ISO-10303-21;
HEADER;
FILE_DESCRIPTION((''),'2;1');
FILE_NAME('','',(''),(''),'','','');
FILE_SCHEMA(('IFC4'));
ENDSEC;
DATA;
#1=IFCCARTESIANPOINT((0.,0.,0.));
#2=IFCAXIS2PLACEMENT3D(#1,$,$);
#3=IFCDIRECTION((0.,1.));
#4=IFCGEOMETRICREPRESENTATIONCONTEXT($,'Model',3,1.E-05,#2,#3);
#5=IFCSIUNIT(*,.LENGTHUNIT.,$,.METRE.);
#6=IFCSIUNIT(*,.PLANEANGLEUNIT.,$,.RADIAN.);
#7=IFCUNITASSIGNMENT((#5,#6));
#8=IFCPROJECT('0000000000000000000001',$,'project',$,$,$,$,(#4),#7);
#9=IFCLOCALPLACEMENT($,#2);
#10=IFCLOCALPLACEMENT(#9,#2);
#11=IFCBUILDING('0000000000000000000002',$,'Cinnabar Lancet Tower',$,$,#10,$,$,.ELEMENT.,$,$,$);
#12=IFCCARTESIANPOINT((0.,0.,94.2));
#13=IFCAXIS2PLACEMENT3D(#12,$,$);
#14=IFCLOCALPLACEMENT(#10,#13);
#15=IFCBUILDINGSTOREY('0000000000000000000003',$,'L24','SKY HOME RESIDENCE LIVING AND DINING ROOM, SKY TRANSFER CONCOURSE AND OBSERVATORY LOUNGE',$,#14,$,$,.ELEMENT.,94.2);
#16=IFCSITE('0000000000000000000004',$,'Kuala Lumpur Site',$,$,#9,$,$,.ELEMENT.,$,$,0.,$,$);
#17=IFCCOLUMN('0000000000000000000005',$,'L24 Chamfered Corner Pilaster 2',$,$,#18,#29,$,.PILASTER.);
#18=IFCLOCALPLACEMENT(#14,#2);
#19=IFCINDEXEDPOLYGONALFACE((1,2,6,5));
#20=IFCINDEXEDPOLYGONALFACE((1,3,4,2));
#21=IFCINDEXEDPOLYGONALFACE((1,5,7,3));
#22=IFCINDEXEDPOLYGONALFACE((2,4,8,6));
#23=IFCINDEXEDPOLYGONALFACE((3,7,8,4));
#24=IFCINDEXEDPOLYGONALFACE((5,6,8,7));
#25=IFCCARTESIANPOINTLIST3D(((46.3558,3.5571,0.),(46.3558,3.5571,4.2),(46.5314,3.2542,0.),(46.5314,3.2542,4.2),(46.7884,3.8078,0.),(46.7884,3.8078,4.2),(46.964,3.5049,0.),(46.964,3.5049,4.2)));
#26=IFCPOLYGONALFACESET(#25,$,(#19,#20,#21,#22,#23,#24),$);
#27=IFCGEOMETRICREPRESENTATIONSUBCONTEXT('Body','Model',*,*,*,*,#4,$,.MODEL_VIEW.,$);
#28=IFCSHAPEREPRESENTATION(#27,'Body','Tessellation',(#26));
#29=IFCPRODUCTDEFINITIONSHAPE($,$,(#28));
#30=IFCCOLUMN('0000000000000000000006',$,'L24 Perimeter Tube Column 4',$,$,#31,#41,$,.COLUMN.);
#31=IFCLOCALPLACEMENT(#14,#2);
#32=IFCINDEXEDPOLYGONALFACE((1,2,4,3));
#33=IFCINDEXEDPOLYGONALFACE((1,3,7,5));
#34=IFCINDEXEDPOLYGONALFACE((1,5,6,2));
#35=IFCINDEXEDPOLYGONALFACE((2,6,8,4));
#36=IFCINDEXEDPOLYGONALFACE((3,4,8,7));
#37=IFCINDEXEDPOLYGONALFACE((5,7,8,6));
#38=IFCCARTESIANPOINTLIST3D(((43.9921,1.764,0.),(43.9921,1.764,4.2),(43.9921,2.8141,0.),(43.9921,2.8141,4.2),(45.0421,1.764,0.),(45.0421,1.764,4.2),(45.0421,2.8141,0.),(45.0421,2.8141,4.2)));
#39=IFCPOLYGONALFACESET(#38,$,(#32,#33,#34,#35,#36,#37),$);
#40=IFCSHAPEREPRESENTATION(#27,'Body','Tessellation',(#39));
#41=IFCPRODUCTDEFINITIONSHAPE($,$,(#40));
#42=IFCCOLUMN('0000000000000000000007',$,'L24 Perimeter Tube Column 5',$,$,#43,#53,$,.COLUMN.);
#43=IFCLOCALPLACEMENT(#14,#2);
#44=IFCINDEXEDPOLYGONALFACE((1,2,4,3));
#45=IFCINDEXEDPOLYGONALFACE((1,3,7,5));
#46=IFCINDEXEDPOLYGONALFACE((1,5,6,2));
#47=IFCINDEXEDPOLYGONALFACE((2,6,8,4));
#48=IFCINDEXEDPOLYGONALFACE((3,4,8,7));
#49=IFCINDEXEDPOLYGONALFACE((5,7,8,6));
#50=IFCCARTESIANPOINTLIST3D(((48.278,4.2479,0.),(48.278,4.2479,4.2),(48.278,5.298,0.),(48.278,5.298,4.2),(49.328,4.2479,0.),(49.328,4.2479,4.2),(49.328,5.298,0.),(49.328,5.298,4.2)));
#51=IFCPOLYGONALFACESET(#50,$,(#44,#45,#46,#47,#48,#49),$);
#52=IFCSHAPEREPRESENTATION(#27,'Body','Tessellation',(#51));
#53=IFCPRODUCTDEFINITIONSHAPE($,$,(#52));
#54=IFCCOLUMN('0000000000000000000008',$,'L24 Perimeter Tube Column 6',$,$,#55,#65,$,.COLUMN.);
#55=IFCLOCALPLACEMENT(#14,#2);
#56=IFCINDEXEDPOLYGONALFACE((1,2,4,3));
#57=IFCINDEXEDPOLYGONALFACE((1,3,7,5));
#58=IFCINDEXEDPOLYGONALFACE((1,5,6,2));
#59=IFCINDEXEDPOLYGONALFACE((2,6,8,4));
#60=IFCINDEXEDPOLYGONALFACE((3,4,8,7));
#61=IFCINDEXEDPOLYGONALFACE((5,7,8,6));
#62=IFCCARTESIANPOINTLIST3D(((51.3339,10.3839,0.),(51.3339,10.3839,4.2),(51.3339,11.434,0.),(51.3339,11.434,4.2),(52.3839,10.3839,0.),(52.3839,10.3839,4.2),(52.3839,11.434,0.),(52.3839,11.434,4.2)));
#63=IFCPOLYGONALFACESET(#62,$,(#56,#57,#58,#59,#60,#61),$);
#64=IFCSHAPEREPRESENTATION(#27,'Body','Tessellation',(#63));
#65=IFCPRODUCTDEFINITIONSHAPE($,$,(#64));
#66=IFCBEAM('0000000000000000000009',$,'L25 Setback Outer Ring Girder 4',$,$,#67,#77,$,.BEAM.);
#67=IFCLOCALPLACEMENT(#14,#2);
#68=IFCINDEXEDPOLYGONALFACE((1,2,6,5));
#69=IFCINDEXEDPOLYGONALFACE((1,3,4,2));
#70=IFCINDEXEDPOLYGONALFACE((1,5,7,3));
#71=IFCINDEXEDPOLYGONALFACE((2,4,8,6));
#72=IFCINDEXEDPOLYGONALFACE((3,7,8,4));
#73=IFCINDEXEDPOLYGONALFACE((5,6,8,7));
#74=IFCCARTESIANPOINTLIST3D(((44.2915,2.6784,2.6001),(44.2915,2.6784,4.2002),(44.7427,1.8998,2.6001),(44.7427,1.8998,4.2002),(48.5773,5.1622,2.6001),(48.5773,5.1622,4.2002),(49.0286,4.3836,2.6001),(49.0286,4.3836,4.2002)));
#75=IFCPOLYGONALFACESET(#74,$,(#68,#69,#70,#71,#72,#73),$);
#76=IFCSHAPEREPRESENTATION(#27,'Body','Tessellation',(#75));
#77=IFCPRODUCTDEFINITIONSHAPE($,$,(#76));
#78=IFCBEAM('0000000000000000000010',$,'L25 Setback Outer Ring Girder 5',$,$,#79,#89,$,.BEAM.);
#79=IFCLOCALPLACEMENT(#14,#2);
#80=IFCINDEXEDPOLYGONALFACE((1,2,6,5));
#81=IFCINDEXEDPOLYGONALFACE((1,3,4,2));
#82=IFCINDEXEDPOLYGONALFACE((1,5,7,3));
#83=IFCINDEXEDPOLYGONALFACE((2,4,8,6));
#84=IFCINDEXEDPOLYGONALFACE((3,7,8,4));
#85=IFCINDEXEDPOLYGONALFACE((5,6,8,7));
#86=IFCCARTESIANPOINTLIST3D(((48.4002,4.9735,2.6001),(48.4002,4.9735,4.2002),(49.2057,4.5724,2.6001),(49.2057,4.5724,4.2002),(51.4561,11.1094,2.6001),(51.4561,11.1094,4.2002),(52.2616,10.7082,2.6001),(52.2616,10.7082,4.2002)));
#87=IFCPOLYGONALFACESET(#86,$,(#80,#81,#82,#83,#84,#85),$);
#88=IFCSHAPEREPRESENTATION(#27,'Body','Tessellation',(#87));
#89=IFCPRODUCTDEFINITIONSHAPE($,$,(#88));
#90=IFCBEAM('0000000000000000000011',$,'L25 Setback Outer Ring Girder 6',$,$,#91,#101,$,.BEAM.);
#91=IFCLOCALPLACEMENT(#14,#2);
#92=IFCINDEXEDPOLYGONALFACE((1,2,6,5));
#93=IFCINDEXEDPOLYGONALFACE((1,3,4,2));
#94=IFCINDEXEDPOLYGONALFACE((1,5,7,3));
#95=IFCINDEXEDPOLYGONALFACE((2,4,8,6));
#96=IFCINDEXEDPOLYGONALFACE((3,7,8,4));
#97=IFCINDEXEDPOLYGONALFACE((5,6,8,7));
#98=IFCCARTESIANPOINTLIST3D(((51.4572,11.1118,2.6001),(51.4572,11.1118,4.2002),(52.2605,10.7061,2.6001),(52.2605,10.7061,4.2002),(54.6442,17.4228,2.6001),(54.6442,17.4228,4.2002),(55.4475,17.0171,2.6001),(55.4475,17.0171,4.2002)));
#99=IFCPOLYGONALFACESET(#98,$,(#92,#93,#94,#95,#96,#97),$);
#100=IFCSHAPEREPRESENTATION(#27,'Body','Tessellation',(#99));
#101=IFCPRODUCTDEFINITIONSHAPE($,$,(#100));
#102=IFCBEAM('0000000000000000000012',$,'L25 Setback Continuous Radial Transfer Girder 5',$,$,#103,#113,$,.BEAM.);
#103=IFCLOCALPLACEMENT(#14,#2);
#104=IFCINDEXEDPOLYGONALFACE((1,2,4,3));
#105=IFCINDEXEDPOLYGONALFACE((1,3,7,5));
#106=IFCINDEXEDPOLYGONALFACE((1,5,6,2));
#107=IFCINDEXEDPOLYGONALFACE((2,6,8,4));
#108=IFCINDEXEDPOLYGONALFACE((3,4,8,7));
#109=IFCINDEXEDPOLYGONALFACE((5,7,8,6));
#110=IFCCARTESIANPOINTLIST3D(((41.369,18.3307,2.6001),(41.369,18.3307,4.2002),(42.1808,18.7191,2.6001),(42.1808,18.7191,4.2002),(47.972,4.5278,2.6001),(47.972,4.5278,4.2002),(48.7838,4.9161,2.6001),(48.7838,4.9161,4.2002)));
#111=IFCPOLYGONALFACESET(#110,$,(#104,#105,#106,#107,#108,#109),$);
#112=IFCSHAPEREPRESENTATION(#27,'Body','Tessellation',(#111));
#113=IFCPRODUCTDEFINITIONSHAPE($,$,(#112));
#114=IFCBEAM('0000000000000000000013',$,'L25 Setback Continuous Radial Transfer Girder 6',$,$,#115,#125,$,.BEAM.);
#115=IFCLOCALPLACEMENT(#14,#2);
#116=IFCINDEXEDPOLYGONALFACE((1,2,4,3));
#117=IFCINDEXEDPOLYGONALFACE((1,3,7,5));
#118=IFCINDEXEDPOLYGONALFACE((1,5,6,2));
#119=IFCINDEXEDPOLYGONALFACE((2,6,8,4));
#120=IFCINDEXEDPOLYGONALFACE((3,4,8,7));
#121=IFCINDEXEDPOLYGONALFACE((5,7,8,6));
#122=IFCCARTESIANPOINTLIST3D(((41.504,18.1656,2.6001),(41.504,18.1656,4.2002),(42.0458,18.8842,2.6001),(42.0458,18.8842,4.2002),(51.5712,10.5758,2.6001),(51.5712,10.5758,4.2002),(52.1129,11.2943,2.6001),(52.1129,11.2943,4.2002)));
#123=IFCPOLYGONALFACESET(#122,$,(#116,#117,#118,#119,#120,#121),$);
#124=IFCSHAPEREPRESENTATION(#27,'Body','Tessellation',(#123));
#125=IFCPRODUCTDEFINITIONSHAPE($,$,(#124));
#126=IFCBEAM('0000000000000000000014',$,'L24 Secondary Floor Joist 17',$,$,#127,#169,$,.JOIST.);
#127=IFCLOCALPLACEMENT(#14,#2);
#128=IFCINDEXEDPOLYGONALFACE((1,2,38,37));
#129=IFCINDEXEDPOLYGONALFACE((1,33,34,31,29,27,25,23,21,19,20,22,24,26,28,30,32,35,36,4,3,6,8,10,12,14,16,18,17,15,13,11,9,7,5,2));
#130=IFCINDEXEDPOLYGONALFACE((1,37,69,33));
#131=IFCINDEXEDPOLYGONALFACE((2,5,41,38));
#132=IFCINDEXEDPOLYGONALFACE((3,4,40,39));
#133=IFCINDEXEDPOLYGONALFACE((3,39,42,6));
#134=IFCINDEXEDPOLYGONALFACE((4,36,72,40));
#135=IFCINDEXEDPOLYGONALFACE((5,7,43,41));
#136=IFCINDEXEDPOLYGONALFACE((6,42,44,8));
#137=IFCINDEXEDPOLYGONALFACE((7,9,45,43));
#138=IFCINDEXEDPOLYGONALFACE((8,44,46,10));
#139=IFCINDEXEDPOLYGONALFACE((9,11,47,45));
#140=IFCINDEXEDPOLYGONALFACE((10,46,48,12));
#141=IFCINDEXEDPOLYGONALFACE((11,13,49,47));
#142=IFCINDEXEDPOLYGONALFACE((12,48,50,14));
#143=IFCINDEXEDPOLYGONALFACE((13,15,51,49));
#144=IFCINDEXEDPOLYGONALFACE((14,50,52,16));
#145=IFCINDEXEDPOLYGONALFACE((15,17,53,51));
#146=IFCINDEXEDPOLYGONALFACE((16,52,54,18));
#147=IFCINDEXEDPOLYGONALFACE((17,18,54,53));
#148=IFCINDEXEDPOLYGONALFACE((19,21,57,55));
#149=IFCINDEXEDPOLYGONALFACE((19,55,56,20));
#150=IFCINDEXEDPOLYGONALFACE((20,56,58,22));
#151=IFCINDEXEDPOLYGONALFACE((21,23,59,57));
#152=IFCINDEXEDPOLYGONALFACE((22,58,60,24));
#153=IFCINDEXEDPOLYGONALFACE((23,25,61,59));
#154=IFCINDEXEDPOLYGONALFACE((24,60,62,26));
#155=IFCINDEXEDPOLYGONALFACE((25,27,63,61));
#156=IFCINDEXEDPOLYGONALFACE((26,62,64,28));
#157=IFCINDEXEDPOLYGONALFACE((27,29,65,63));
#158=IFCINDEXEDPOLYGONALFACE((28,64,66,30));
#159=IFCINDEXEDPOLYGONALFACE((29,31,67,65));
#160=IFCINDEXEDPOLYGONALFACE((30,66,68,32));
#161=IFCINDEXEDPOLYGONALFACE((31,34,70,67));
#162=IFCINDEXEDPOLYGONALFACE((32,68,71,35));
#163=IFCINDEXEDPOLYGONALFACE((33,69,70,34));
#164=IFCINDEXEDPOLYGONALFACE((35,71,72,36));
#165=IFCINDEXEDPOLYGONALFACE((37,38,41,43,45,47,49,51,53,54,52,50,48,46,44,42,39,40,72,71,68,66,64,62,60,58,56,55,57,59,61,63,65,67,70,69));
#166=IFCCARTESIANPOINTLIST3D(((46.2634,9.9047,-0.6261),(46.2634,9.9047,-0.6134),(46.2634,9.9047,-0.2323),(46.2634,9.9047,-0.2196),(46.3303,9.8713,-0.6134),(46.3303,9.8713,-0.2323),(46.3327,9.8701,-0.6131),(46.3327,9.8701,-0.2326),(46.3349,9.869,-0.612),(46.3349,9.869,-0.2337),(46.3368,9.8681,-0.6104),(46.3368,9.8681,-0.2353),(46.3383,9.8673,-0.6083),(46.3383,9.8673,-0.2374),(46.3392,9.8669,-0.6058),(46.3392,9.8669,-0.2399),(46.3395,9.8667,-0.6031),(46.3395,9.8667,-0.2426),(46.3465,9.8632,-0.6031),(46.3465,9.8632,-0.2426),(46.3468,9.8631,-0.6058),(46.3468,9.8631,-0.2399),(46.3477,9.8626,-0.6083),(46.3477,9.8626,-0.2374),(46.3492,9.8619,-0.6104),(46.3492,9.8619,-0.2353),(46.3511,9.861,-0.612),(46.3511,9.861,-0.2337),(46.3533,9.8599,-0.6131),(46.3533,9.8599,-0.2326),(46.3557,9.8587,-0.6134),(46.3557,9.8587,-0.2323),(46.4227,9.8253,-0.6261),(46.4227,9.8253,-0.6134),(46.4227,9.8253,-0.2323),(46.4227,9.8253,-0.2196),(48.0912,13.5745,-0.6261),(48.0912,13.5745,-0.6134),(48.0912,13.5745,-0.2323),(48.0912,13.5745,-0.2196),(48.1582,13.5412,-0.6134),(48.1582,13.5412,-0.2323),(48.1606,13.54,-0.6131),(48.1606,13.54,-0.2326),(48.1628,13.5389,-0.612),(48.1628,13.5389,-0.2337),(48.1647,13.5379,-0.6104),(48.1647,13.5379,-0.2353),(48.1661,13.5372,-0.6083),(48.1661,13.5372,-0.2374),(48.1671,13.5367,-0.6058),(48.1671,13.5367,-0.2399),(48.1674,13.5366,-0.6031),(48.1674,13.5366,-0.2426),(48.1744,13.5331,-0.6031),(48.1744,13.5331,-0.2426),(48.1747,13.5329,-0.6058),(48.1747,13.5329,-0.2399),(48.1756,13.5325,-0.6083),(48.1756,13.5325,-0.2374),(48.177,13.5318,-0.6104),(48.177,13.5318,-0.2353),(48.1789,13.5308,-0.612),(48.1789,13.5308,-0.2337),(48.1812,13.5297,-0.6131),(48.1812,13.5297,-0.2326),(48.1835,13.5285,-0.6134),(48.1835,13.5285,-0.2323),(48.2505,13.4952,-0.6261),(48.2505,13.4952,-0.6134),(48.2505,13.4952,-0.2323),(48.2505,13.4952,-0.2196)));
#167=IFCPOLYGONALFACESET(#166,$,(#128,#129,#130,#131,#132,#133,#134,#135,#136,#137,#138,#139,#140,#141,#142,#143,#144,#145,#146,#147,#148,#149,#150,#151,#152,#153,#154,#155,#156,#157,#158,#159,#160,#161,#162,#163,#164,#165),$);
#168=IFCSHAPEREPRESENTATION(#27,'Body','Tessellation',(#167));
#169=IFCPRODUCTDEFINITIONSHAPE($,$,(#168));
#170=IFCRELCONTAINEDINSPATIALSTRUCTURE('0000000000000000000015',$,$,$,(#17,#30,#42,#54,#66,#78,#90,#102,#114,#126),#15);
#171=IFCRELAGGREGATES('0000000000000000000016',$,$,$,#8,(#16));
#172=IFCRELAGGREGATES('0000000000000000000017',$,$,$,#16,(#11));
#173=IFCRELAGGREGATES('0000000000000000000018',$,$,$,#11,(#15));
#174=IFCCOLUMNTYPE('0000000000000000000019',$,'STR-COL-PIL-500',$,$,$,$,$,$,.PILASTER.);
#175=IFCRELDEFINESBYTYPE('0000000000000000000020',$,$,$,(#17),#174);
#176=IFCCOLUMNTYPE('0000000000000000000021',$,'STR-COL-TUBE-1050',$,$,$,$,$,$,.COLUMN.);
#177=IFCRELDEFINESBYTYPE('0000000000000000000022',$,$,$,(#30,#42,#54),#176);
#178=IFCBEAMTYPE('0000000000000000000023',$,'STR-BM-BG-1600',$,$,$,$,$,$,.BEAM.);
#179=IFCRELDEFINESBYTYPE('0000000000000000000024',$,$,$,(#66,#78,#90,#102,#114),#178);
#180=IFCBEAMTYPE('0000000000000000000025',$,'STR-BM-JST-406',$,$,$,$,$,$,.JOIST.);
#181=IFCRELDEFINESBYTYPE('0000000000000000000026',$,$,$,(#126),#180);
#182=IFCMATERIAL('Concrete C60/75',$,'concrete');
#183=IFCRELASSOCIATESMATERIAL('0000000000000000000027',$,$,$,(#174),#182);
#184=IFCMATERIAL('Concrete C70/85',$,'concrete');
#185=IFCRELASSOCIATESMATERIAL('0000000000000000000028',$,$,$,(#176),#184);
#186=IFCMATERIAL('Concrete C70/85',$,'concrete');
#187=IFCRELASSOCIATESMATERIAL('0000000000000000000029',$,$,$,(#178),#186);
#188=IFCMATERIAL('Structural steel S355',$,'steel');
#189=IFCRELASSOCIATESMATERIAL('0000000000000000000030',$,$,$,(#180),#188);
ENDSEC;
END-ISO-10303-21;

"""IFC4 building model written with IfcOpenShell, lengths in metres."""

from ifc_helpers import new_model, si_unit, direction, frame, origin, origin_2d, place, context, subcontext, project, spatial, rectangle, i_section, extrude, material, material_profile, profile_set, type_object, element, save


model = new_model("IFC4")

# Units and contexts
model_context = context("Model", 3, precision=1e-05, world=origin(), true_north=direction((0.0, 1.0)))
body_context = subcontext(model_context, "Body", "Model", "MODEL_VIEW")
ifc_project = project(units=[si_unit("LENGTHUNIT", "METRE"), si_unit("PLANEANGLEUNIT", "RADIAN")], contexts=[model_context])

# Site, building, storey
site_placement = place(None, origin())
site = spatial("IfcSite", under=ifc_project, at=site_placement, Name="Kuala Lumpur Site", CompositionType="ELEMENT", RefElevation=0.0)
building_placement = place(site_placement, origin())
building = spatial("IfcBuilding", under=site, at=building_placement, Name="Cinnabar Lancet Tower", CompositionType="ELEMENT")
storey_placement = place(building_placement, frame((0.0, 0.0, 94.2)))
storey = spatial("IfcBuildingStorey", under=building, at=storey_placement, Name="L24", Description="SKY HOME RESIDENCE LIVING AND DINING ROOM, SKY TRANSFER CONCOURSE AND OBSERVATORY LOUNGE", CompositionType="ELEMENT", Elevation=94.2)

# Columns
ifc_material_1 = material(Name="Concrete C60/75", Category="concrete")
ifc_material_profile_1 = material_profile(ifc_material_1, rectangle(XDim=0.5, YDim=0.3501, at=origin_2d()), Name="RC-PIL 500x350")
ifc_profile_set_1 = profile_set([ifc_material_profile_1], Name="Concrete C60/75")
column_type_1 = type_object("IfcColumnType", Name="STR-COL-PIL-500", PredefinedType="PILASTER", material=ifc_profile_set_1)
column_placement = place(storey_placement, frame((46.6599, 3.531, 0.0), z_axis=(0.0, 0.0, 1.0), x_axis=(0.865195, 0.501435, 0.0)))
element("IfcColumn", 1, at=column_placement, inside=storey, type_object=column_type_1, Name="L24 Chamfered Corner Pilaster 2", PredefinedType="PILASTER", context=body_context, shape_type="SweptSolid", body=[
    extrude(rectangle(XDim=0.5, YDim=0.3501, at=origin_2d()), origin(), (0.0, 0.0, 1.0), 4.2),
])
ifc_material_2 = material(Name="Concrete C70/85", Category="concrete")
ifc_material_profile_2 = material_profile(ifc_material_2, rectangle(XDim=1.05, YDim=1.05, at=origin_2d()), Name="RC-COL 1050x1050")
ifc_profile_set_2 = profile_set([ifc_material_profile_2], Name="Concrete C70/85")
column_type_2 = type_object("IfcColumnType", Name="STR-COL-TUBE-1050", PredefinedType="COLUMN", material=ifc_profile_set_2)
for number, where, z_axis, x_axis, name in (
    (2, (44.5171, 2.2891, 0.0), (0.0, 0.0, 1.0), (1.0, 0.0, 0.0), "L24 Perimeter Tube Column 4"),
    (3, (48.803, 4.7729, 0.0), (0.0, 0.0, 1.0), (1.0, 0.0, 0.0), "L24 Perimeter Tube Column 5"),
    (4, (51.8589, 10.9089, 0.0), (0.0, 0.0, 1.0), (1.0, 0.0, 0.0), "L24 Perimeter Tube Column 6"),
):
    element("IfcColumn", number, at=place(storey_placement, frame(where, z_axis=z_axis, x_axis=x_axis)), inside=storey, type_object=column_type_2, Name=name, PredefinedType="COLUMN", context=body_context, shape_type="SweptSolid", body=[
        extrude(rectangle(XDim=1.05, YDim=1.05, at=origin_2d()), origin(), (0.0, 0.0, 1.0), 4.2),
    ])

# Beams
ifc_material_3 = material(Name="Concrete C70/85", Category="concrete")
ifc_material_profile_3 = material_profile(ifc_material_3, rectangle(XDim=0.8999, YDim=1.6001, at=origin_2d()), Name="RC-BG 900x1600")
ifc_profile_set_3 = profile_set([ifc_material_profile_3], Name="Concrete C70/85")
beam_type_1 = type_object("IfcBeamType", Name="STR-BM-BG-1600", PredefinedType="BEAM", material=ifc_profile_set_3)
beam_1_placement = place(storey_placement, frame((44.5171, 2.2891, 3.4001), z_axis=(0.8652, 0.501427, 0.0), x_axis=(-0.501427, 0.8652, 0.0)))
element("IfcBeam", 5, at=beam_1_placement, inside=storey, type_object=beam_type_1, Name="L25 Setback Outer Ring Girder 4", PredefinedType="BEAM", context=body_context, shape_type="SweptSolid", body=[
    extrude(rectangle(XDim=0.8999, YDim=1.6001, at=origin_2d()), origin(), (0.0, 0.0, 1.0), 4.9536),
])
beam_2_placement = place(storey_placement, frame((48.803, 4.7729, 3.4001), z_axis=(0.445803, 0.895131, 0.0), x_axis=(-0.895131, 0.445803, 0.0)))
element("IfcBeam", 6, at=beam_2_placement, inside=storey, type_object=beam_type_1, Name="L25 Setback Outer Ring Girder 5", PredefinedType="BEAM", context=body_context, shape_type="SweptSolid", body=[
    extrude(rectangle(XDim=0.8999, YDim=1.6001, at=origin_2d()), origin(), (0.0, 0.0, 1.0), 6.8547),
])
beam_3_placement = place(storey_placement, frame((51.8589, 10.9089, 3.4001), z_axis=(0.450774, 0.892638, 0.0), x_axis=(-0.892638, 0.450774, 0.0)))
element("IfcBeam", 7, at=beam_3_placement, inside=storey, type_object=beam_type_1, Name="L25 Setback Outer Ring Girder 6", PredefinedType="BEAM", context=body_context, shape_type="SweptSolid", body=[
    extrude(rectangle(XDim=0.8999, YDim=1.6001, at=origin_2d()), origin(), (0.0, 0.0, 1.0), 7.0701),
])
beam_4_placement = place(storey_placement, frame((48.3779, 4.7219, 3.4001), z_axis=(-0.431541, 0.902093, 0.0), x_axis=(-0.902093, -0.431541, 0.0)))
element("IfcBeam", 8, at=beam_4_placement, inside=storey, type_object=beam_type_1, Name="L25 Setback Continuous Radial Transfer Girder 5", PredefinedType="BEAM", context=body_context, shape_type="SweptSolid", body=[
    extrude(rectangle(XDim=0.8999, YDim=1.6001, at=origin_2d()), origin(), (0.0, 0.0, 1.0), 15.301),
])
beam_5_placement = place(storey_placement, frame((51.842, 10.9351, 3.4001), z_axis=(-0.798494, 0.602003, 0.0), x_axis=(-0.602003, -0.798494, 0.0)))
element("IfcBeam", 9, at=beam_5_placement, inside=storey, type_object=beam_type_1, Name="L25 Setback Continuous Radial Transfer Girder 6", PredefinedType="BEAM", context=body_context, shape_type="SweptSolid", body=[
    extrude(rectangle(XDim=0.8999, YDim=1.6001, at=origin_2d()), origin(), (0.0, 0.0, 1.0), 12.6077),
])
ifc_material_4 = material(Name="Structural steel S355", Category="steel")
ifc_material_profile_4 = material_profile(ifc_material_4, i_section(OverallWidth=0.178, OverallDepth=0.4065, WebThickness=0.0078, FlangeThickness=0.0127, FilletRadius=0.0103, at=origin_2d()), Name="UKB 406x178x60")
ifc_profile_set_4 = profile_set([ifc_material_profile_4], Name="Structural steel S355")
beam_type_2 = type_object("IfcBeamType", Name="STR-BM-JST-406", PredefinedType="JOIST", material=ifc_profile_set_4)
beam_6_placement = place(storey_placement, frame((46.343, 9.865, -0.4229), z_axis=(0.445832, 0.895117, 0.0), x_axis=(-0.895117, 0.445832, 0.0)))
element("IfcBeam", 10, at=beam_6_placement, inside=storey, type_object=beam_type_2, Name="L24 Secondary Floor Joist 17", PredefinedType="JOIST", context=body_context, shape_type="SweptSolid", body=[
    extrude(i_section(OverallWidth=0.178, OverallDepth=0.4065, WebThickness=0.0078, FlangeThickness=0.0127, FilletRadius=0.0103, at=origin_2d()), origin(), (0.0, 0.0, 1.0), 4.0999),
])

save(model, "model.ifc")
